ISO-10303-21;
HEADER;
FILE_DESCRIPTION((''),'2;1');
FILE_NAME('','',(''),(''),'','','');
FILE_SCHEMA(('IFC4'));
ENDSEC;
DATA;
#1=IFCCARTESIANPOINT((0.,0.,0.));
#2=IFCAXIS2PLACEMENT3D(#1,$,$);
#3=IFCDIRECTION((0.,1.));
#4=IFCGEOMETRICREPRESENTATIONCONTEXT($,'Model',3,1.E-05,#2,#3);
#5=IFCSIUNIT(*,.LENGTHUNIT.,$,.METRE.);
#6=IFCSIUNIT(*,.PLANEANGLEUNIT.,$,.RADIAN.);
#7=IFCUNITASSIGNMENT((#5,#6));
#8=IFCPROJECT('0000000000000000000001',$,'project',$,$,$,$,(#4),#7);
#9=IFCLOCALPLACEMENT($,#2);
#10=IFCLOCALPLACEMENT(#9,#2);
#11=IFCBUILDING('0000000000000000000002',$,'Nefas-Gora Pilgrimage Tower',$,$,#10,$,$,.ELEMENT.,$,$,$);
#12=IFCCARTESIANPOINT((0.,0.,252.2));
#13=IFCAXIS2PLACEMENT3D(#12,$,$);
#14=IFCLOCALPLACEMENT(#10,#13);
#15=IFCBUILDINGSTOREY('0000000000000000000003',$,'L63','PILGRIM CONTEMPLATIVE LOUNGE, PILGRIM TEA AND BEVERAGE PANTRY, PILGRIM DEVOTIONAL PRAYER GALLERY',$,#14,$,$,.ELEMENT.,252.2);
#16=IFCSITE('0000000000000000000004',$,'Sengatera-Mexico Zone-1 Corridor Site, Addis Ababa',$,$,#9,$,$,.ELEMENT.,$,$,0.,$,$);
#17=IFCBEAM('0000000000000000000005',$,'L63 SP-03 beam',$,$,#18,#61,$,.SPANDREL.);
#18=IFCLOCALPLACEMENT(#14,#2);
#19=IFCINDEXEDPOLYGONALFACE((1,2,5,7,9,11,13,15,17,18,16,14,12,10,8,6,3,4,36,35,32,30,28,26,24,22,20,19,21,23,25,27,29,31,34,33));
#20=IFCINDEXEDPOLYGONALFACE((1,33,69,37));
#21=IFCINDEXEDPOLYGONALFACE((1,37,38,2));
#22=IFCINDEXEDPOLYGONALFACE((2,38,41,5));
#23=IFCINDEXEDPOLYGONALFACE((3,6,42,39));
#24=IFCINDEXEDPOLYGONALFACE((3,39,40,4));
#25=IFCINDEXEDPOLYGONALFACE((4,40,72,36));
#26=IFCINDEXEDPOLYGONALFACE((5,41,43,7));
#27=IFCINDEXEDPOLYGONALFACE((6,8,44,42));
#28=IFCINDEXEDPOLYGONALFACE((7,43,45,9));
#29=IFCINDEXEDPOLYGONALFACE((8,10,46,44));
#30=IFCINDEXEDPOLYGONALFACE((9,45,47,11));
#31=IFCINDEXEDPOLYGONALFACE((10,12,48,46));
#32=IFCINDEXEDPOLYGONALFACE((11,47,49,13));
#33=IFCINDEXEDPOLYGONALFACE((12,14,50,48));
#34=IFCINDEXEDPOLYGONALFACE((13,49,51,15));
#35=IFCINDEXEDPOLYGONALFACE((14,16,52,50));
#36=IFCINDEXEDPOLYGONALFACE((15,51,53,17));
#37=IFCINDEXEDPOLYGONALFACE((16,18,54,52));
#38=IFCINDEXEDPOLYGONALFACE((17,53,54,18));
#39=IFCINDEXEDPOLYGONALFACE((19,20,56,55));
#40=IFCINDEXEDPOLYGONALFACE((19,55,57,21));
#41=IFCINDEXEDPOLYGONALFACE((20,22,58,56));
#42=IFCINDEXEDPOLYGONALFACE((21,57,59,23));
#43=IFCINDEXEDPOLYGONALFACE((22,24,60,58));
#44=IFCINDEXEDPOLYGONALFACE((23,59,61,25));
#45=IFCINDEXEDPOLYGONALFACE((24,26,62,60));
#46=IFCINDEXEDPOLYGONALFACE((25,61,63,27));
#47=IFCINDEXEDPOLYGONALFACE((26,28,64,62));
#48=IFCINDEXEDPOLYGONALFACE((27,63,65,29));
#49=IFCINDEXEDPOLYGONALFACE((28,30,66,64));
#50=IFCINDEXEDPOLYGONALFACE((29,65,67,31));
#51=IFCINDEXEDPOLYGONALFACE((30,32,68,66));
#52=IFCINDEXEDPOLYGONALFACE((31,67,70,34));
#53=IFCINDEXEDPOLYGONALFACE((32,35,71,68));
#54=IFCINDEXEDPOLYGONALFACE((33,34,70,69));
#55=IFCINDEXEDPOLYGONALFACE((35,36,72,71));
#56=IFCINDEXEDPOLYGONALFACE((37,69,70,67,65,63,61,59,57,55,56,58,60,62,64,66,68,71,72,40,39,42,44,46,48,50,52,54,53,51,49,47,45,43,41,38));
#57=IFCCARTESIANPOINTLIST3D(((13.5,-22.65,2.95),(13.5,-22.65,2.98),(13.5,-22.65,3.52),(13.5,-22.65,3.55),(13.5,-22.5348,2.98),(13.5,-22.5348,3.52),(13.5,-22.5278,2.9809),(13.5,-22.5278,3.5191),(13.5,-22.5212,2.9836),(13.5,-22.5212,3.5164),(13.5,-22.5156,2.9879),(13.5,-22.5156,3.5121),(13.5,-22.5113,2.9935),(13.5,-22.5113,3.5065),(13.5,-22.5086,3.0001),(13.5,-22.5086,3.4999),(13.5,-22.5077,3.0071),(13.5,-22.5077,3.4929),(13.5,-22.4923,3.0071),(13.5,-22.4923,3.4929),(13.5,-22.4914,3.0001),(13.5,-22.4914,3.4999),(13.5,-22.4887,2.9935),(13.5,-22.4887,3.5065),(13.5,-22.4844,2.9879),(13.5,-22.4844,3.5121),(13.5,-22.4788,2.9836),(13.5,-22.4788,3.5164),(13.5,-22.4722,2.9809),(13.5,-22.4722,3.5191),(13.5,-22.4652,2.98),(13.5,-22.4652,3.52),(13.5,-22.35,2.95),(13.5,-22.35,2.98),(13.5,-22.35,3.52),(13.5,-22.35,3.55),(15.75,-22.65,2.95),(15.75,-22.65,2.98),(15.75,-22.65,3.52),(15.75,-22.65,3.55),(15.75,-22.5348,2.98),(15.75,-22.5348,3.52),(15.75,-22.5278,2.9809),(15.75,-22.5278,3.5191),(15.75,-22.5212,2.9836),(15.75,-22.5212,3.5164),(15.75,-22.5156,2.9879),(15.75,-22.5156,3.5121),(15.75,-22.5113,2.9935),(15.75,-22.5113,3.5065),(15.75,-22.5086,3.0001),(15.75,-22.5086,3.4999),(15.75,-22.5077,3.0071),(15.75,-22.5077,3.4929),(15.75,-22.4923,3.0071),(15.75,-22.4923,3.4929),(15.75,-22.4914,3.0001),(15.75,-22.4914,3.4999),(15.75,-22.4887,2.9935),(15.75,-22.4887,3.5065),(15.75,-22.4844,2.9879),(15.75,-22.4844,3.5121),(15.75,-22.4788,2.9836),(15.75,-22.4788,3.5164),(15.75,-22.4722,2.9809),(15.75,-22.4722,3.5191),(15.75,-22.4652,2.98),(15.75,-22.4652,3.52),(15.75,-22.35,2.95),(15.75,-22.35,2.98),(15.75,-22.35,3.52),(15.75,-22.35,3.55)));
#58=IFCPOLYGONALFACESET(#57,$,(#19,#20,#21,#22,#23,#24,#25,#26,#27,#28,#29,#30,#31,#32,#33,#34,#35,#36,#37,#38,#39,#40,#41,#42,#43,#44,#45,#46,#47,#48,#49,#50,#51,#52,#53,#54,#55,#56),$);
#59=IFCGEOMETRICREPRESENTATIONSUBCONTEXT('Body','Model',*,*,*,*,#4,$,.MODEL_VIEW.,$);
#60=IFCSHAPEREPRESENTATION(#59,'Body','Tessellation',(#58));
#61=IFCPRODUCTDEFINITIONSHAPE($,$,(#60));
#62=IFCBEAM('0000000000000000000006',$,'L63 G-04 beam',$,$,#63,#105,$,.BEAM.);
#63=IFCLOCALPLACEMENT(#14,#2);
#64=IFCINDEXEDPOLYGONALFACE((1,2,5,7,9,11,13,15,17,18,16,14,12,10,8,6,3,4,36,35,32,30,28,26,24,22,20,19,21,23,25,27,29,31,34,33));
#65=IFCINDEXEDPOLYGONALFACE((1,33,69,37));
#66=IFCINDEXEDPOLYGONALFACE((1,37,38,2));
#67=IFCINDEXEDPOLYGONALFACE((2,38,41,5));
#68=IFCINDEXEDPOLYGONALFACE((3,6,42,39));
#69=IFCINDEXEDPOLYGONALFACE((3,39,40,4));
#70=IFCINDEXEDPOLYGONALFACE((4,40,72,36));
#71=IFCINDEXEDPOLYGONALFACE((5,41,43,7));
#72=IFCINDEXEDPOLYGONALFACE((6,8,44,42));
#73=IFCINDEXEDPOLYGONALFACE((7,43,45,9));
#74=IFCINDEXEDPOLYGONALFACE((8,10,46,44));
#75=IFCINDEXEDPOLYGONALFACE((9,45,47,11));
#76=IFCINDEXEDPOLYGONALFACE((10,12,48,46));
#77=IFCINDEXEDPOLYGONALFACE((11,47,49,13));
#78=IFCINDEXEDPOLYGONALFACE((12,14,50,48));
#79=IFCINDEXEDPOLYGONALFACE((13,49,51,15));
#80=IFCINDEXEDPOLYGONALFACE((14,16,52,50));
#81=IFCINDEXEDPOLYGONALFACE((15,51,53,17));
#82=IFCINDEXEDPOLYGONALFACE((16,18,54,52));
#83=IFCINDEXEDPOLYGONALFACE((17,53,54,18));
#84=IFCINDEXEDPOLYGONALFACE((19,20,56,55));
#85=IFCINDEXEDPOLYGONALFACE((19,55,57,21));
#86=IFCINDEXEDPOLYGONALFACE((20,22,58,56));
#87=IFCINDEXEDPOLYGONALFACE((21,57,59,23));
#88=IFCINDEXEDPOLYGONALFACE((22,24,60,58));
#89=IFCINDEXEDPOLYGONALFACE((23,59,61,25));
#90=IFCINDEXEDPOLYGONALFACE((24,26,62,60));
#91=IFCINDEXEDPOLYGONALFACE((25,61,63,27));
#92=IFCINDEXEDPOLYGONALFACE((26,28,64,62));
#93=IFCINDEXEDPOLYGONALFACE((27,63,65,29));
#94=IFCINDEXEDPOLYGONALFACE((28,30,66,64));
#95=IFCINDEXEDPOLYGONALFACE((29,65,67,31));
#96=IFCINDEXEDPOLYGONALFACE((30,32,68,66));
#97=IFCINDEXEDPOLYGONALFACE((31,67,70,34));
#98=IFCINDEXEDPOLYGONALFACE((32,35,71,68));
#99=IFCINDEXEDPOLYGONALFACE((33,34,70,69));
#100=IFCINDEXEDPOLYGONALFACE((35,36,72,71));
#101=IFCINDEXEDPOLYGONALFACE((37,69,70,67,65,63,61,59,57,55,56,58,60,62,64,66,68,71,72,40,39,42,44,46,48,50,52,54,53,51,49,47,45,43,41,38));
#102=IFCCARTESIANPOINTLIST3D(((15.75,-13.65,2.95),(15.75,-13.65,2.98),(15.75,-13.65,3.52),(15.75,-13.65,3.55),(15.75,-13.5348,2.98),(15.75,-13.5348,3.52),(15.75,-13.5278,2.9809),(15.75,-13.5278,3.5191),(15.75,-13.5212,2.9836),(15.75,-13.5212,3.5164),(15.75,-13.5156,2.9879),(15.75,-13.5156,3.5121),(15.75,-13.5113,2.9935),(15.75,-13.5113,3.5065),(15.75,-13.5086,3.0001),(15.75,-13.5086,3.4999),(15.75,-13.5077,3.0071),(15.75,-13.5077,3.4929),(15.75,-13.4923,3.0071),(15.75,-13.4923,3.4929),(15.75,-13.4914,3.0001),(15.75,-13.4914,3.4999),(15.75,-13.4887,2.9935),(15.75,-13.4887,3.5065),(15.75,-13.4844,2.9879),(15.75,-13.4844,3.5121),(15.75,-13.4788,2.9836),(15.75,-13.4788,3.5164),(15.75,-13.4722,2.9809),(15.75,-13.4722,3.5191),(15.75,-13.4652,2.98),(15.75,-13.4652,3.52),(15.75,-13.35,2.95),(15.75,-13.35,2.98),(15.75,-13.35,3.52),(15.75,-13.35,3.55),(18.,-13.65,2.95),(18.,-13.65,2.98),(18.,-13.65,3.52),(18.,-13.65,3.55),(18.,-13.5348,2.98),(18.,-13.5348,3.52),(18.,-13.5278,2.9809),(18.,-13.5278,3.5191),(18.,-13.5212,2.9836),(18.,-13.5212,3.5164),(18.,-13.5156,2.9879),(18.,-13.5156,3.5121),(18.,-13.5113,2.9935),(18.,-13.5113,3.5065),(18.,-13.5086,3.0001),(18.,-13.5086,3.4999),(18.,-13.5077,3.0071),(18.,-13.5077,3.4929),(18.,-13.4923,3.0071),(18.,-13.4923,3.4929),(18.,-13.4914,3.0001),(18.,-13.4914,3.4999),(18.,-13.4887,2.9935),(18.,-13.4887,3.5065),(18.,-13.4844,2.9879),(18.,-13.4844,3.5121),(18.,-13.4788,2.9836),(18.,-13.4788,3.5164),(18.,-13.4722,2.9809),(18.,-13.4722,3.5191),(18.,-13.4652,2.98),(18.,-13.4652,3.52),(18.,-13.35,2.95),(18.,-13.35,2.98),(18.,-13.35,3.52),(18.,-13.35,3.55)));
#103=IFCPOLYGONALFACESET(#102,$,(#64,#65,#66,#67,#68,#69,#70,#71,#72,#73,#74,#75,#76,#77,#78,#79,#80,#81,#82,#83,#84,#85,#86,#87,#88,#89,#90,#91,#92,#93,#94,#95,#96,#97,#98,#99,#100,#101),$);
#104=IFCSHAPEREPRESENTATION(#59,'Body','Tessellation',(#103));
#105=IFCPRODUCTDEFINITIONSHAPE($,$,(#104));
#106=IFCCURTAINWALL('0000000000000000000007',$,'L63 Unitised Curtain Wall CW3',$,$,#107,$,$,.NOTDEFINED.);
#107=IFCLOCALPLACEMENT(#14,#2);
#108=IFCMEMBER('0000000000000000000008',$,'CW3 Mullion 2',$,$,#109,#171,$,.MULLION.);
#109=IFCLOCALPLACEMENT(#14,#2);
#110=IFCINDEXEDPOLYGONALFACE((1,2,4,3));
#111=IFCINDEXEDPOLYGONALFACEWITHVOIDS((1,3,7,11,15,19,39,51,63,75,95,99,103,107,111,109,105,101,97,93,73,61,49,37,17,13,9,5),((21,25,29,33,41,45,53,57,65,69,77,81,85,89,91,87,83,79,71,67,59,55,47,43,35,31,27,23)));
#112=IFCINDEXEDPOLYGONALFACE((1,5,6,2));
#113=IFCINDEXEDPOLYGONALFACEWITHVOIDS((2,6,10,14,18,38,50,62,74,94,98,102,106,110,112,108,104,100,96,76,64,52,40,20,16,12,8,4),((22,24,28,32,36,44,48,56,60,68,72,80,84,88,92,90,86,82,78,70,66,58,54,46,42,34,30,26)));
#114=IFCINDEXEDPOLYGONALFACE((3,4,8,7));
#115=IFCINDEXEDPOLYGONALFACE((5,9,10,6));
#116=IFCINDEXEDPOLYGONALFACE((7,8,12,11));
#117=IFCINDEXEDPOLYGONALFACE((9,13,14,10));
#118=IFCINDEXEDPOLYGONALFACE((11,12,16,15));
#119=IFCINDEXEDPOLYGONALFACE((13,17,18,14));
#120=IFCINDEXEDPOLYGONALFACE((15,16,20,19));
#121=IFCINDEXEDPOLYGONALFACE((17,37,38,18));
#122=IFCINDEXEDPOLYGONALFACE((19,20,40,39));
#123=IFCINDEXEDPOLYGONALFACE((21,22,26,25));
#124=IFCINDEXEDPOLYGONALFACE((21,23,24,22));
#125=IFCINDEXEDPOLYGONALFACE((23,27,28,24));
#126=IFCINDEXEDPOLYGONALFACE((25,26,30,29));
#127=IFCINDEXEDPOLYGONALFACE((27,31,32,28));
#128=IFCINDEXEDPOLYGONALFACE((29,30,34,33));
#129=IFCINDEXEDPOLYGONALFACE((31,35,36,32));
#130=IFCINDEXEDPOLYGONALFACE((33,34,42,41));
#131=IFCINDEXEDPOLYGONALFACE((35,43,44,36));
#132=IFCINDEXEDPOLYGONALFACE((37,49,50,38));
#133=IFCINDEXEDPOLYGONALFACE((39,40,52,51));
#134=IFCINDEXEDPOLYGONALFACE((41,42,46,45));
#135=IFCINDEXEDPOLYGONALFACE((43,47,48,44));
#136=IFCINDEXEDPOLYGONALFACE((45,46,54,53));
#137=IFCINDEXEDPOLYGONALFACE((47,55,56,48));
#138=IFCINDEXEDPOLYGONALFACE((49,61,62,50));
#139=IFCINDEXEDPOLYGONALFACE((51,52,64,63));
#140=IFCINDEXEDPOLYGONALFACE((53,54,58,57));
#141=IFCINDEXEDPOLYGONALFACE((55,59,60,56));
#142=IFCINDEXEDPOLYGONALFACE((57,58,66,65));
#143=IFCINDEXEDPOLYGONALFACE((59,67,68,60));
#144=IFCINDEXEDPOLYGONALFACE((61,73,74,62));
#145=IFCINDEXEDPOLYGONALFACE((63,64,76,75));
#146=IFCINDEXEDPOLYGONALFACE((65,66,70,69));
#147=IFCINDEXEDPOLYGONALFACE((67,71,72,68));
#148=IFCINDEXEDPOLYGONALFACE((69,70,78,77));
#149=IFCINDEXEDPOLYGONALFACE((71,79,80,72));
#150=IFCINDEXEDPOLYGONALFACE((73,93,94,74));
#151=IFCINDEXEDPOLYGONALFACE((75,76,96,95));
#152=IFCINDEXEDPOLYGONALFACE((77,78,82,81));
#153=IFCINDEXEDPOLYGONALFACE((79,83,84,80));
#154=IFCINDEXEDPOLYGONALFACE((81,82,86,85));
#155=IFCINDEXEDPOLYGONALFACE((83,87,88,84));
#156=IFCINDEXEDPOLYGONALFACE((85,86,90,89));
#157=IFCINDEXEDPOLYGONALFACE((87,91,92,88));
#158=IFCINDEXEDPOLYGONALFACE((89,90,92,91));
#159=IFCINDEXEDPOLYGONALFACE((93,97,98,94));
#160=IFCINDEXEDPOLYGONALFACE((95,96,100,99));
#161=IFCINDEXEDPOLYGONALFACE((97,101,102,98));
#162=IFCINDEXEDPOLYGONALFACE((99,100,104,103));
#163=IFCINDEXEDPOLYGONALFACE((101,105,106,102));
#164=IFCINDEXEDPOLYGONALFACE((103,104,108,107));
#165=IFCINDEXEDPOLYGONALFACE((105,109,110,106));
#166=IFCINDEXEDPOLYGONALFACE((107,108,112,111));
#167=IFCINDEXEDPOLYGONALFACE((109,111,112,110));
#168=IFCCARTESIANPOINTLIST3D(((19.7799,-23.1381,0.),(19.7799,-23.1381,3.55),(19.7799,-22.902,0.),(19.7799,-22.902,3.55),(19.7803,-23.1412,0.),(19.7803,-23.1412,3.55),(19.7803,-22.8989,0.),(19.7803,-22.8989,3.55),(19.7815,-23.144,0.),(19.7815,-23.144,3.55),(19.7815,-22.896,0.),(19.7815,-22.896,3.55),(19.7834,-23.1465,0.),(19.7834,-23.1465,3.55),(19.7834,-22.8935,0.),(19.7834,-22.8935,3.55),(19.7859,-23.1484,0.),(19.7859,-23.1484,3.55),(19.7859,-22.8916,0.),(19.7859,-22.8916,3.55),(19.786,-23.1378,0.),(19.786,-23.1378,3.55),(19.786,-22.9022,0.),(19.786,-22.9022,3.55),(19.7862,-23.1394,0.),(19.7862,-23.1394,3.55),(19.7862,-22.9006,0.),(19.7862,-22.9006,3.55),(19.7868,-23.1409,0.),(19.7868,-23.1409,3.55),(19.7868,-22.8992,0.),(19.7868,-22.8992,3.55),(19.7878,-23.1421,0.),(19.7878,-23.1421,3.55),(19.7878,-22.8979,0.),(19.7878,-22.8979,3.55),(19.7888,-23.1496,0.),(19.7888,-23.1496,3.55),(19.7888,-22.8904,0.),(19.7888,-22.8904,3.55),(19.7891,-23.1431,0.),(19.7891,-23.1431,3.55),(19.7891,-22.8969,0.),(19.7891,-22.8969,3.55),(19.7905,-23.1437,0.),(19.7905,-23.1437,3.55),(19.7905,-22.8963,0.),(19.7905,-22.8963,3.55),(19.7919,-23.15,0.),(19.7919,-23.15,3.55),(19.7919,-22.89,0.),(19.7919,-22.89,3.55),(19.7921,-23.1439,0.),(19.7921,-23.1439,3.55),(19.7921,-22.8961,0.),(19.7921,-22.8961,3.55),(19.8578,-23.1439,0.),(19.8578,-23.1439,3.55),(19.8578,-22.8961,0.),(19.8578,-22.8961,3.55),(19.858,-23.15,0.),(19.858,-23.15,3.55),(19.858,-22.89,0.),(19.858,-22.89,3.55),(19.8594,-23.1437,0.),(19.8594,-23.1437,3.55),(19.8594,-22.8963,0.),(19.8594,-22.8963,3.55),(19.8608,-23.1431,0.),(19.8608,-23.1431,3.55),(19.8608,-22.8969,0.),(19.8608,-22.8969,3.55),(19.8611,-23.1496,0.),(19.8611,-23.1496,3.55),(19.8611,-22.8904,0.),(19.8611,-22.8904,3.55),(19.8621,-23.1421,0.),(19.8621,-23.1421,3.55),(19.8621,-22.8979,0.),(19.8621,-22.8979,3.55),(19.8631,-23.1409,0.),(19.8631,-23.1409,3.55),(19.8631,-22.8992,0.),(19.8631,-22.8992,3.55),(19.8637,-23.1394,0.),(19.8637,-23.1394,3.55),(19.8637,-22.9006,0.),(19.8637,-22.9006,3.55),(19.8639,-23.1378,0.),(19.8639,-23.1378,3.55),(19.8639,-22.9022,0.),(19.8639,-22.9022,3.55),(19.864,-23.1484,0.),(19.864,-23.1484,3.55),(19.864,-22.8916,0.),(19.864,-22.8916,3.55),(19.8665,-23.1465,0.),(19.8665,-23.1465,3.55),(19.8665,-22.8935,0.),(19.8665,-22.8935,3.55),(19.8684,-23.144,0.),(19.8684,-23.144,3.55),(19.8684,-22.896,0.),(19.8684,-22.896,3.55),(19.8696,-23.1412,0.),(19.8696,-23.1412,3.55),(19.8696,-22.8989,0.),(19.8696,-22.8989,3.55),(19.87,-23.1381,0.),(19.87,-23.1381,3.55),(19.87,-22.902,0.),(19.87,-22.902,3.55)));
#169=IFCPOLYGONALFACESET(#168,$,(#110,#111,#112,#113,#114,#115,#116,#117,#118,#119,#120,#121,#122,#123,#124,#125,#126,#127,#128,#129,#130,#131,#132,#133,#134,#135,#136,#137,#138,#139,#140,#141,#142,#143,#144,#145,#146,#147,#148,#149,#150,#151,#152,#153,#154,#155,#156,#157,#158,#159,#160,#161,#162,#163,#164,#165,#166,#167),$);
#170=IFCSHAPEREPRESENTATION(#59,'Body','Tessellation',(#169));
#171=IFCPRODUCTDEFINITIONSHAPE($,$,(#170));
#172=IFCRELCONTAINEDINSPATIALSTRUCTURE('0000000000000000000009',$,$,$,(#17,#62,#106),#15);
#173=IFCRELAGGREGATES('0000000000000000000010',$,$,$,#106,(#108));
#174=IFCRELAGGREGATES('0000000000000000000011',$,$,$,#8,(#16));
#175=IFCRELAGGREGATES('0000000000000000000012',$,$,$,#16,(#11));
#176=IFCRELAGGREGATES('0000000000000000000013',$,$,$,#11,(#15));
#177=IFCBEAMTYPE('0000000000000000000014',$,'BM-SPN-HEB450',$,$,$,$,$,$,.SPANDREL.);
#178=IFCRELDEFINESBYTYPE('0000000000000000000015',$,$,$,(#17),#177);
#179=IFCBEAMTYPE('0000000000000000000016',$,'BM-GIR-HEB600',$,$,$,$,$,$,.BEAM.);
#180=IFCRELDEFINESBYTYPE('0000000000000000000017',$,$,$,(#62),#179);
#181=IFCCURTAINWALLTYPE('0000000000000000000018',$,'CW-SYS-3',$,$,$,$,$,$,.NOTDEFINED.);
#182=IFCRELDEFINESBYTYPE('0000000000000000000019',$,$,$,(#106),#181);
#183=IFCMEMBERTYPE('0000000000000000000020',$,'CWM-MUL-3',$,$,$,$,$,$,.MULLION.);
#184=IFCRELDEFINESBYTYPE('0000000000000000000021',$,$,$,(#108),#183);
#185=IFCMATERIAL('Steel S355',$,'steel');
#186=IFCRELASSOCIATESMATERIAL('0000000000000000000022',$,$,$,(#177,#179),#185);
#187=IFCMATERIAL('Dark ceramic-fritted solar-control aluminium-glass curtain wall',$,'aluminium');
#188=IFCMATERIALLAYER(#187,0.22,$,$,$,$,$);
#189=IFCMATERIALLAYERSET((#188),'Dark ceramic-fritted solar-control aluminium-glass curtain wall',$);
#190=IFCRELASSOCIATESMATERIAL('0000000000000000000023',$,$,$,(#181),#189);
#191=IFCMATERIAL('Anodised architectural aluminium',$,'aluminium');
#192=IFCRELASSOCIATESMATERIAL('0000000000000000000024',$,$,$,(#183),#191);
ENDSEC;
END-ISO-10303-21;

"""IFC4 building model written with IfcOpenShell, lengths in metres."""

from ifc_helpers import new_model, si_unit, direction, frame, origin, origin_2d, place, context, subcontext, project, spatial, hollow_rectangle, i_section, extrude, source, transform, mapped, material, layer, layer_set, material_profile, profile_set, type_object, element, aggregate, save


model = new_model("IFC4")

# Units and contexts
model_context = context("Model", 3, precision=1e-05, world=origin(), true_north=direction((0.0, 1.0)))
body_context = subcontext(model_context, "Body", "Model", "MODEL_VIEW")
ifc_project = project(units=[si_unit("LENGTHUNIT", "METRE"), si_unit("PLANEANGLEUNIT", "RADIAN")], contexts=[model_context])

# Site, building, storey
site_placement = place(None, origin())
site = spatial("IfcSite", under=ifc_project, at=site_placement, Name="Sengatera-Mexico Zone-1 Corridor Site, Addis Ababa", CompositionType="ELEMENT", RefElevation=0.0)
building_placement = place(site_placement, origin())
building = spatial("IfcBuilding", under=site, at=building_placement, Name="Nefas-Gora Pilgrimage Tower", CompositionType="ELEMENT")
storey_placement = place(building_placement, frame((0.0, 0.0, 252.2)))
storey = spatial("IfcBuildingStorey", under=building, at=storey_placement, Name="L63", Description="PILGRIM CONTEMPLATIVE LOUNGE, PILGRIM TEA AND BEVERAGE PANTRY, PILGRIM DEVOTIONAL PRAYER GALLERY", CompositionType="ELEMENT", Elevation=252.2)

# Beams
ifc_material_1 = material(Name="Steel S355", Category="steel")
ifc_material_profile_1 = material_profile(ifc_material_1, i_section(OverallWidth=0.3, OverallDepth=0.6001, WebThickness=0.0154, FlangeThickness=0.03, FilletRadius=0.0271, at=origin_2d()), Name="HEB 600")
ifc_profile_set_1 = profile_set([ifc_material_profile_1], Name="Steel S355")
beam_type_1 = type_object("IfcBeamType", Name="BM-SPN-HEB450", PredefinedType="SPANDREL", material=ifc_profile_set_1)
ifc_material_profile_2 = material_profile(ifc_material_1, i_section(OverallWidth=0.3, OverallDepth=0.6001, WebThickness=0.0154, FlangeThickness=0.03, FilletRadius=0.0271, at=origin_2d()), Name="HEB 600")
ifc_profile_set_2 = profile_set([ifc_material_profile_2], Name="Steel S355")
beam_type_2 = type_object("IfcBeamType", Name="BM-GIR-HEB600", PredefinedType="BEAM", material=ifc_profile_set_2)
shared_shape_1 = source(origin(), body_context, "Body", "SweptSolid", [
    extrude(i_section(OverallWidth=0.3, OverallDepth=0.6001, WebThickness=0.0154, FlangeThickness=0.03, FilletRadius=0.0271, at=origin_2d()), origin(), (0.0, 0.0, 1.0), 2.25),
])
beam_1_placement = place(storey_placement, frame((13.5, -22.5, 3.25), z_axis=(1.0, 0.0, 0.0), x_axis=(0.0, 1.0, 0.0)))
element("IfcBeam", 1, at=beam_1_placement, inside=storey, type_object=beam_type_1, Name="L63 SP-03 beam", PredefinedType="SPANDREL", context=body_context, shape_type="MappedRepresentation", body=[
    mapped(shared_shape_1, transform((0.0, 0.0, 0.0), x_axis=(1.0, 0.0, 0.0), y_axis=(0.0, 1.0, 0.0), z_axis=(0.0, 0.0, 1.0), scale=1.0)),
])
shared_shape_2 = source(origin(), body_context, "Body", "SweptSolid", [
    extrude(i_section(OverallWidth=0.3, OverallDepth=0.6001, WebThickness=0.0154, FlangeThickness=0.03, FilletRadius=0.0271, at=origin_2d()), origin(), (0.0, 0.0, 1.0), 2.25),
])
beam_2_placement = place(storey_placement, frame((15.75, -13.5, 3.25), z_axis=(1.0, 0.0, 0.0), x_axis=(0.0, 1.0, 0.0)))
element("IfcBeam", 2, at=beam_2_placement, inside=storey, type_object=beam_type_2, Name="L63 G-04 beam", PredefinedType="BEAM", context=body_context, shape_type="MappedRepresentation", body=[
    mapped(shared_shape_2, transform((0.0, 0.0, 0.0), x_axis=(1.0, 0.0, 0.0), y_axis=(0.0, 1.0, 0.0), z_axis=(0.0, 0.0, 1.0), scale=1.0)),
])

# Curtain wall, member
ifc_material_2 = material(Name="Dark ceramic-fritted solar-control aluminium-glass curtain wall", Category="aluminium")
ifc_layer_1 = layer(ifc_material_2, 0.22)
ifc_layer_set_1 = layer_set([ifc_layer_1], Name="Dark ceramic-fritted solar-control aluminium-glass curtain wall")
curtain_wall_type = type_object("IfcCurtainWallType", Name="CW-SYS-3", PredefinedType="NOTDEFINED", material=ifc_layer_set_1)
curtain_wall_1_placement = place(storey_placement, origin())
curtain_wall_1 = element("IfcCurtainWall", 3, at=curtain_wall_1_placement, inside=storey, type_object=curtain_wall_type, Name="L63 Unitised Curtain Wall CW3", PredefinedType="NOTDEFINED")
ifc_material_3 = material(Name="Anodised architectural aluminium", Category="aluminium")
ifc_material_profile_3 = material_profile(ifc_material_3, hollow_rectangle(XDim=0.0901, YDim=0.26, WallThickness=0.0061, InnerFilletRadius=0.0061, OuterFilletRadius=0.012, at=origin_2d()), Name="ALU MULLION 90x260")
ifc_profile_set_3 = profile_set([ifc_material_profile_3], Name="Anodised architectural aluminium")
member_type_1 = type_object("IfcMemberType", Name="CWM-MUL-3", PredefinedType="MULLION", material=ifc_profile_set_3)
shared_shape_3 = source(origin(), body_context, "Body", "SweptSolid", [
    extrude(hollow_rectangle(XDim=0.0901, YDim=0.26, WallThickness=0.0061, InnerFilletRadius=0.0061, OuterFilletRadius=0.012, at=origin_2d()), origin(), (0.0, 0.0, 1.0), 3.55),
])
member_1_placement = place(storey_placement, frame((19.825, -23.02, 0.0), z_axis=(0.0, 0.0, 1.0), x_axis=(1.0, 0.0, 0.0)))
member_1 = element("IfcMember", 4, at=member_1_placement, type_object=member_type_1, Name="CW3 Mullion 2", PredefinedType="MULLION", context=body_context, shape_type="MappedRepresentation", body=[
    mapped(shared_shape_3, transform((0.0, 0.0, 0.0), x_axis=(1.0, 0.0, 0.0), y_axis=(0.0, 1.0, 0.0), z_axis=(0.0, 0.0, 1.0), scale=1.0)),
])

aggregate(curtain_wall_1, [member_1])

save(model, "model.ifc")
